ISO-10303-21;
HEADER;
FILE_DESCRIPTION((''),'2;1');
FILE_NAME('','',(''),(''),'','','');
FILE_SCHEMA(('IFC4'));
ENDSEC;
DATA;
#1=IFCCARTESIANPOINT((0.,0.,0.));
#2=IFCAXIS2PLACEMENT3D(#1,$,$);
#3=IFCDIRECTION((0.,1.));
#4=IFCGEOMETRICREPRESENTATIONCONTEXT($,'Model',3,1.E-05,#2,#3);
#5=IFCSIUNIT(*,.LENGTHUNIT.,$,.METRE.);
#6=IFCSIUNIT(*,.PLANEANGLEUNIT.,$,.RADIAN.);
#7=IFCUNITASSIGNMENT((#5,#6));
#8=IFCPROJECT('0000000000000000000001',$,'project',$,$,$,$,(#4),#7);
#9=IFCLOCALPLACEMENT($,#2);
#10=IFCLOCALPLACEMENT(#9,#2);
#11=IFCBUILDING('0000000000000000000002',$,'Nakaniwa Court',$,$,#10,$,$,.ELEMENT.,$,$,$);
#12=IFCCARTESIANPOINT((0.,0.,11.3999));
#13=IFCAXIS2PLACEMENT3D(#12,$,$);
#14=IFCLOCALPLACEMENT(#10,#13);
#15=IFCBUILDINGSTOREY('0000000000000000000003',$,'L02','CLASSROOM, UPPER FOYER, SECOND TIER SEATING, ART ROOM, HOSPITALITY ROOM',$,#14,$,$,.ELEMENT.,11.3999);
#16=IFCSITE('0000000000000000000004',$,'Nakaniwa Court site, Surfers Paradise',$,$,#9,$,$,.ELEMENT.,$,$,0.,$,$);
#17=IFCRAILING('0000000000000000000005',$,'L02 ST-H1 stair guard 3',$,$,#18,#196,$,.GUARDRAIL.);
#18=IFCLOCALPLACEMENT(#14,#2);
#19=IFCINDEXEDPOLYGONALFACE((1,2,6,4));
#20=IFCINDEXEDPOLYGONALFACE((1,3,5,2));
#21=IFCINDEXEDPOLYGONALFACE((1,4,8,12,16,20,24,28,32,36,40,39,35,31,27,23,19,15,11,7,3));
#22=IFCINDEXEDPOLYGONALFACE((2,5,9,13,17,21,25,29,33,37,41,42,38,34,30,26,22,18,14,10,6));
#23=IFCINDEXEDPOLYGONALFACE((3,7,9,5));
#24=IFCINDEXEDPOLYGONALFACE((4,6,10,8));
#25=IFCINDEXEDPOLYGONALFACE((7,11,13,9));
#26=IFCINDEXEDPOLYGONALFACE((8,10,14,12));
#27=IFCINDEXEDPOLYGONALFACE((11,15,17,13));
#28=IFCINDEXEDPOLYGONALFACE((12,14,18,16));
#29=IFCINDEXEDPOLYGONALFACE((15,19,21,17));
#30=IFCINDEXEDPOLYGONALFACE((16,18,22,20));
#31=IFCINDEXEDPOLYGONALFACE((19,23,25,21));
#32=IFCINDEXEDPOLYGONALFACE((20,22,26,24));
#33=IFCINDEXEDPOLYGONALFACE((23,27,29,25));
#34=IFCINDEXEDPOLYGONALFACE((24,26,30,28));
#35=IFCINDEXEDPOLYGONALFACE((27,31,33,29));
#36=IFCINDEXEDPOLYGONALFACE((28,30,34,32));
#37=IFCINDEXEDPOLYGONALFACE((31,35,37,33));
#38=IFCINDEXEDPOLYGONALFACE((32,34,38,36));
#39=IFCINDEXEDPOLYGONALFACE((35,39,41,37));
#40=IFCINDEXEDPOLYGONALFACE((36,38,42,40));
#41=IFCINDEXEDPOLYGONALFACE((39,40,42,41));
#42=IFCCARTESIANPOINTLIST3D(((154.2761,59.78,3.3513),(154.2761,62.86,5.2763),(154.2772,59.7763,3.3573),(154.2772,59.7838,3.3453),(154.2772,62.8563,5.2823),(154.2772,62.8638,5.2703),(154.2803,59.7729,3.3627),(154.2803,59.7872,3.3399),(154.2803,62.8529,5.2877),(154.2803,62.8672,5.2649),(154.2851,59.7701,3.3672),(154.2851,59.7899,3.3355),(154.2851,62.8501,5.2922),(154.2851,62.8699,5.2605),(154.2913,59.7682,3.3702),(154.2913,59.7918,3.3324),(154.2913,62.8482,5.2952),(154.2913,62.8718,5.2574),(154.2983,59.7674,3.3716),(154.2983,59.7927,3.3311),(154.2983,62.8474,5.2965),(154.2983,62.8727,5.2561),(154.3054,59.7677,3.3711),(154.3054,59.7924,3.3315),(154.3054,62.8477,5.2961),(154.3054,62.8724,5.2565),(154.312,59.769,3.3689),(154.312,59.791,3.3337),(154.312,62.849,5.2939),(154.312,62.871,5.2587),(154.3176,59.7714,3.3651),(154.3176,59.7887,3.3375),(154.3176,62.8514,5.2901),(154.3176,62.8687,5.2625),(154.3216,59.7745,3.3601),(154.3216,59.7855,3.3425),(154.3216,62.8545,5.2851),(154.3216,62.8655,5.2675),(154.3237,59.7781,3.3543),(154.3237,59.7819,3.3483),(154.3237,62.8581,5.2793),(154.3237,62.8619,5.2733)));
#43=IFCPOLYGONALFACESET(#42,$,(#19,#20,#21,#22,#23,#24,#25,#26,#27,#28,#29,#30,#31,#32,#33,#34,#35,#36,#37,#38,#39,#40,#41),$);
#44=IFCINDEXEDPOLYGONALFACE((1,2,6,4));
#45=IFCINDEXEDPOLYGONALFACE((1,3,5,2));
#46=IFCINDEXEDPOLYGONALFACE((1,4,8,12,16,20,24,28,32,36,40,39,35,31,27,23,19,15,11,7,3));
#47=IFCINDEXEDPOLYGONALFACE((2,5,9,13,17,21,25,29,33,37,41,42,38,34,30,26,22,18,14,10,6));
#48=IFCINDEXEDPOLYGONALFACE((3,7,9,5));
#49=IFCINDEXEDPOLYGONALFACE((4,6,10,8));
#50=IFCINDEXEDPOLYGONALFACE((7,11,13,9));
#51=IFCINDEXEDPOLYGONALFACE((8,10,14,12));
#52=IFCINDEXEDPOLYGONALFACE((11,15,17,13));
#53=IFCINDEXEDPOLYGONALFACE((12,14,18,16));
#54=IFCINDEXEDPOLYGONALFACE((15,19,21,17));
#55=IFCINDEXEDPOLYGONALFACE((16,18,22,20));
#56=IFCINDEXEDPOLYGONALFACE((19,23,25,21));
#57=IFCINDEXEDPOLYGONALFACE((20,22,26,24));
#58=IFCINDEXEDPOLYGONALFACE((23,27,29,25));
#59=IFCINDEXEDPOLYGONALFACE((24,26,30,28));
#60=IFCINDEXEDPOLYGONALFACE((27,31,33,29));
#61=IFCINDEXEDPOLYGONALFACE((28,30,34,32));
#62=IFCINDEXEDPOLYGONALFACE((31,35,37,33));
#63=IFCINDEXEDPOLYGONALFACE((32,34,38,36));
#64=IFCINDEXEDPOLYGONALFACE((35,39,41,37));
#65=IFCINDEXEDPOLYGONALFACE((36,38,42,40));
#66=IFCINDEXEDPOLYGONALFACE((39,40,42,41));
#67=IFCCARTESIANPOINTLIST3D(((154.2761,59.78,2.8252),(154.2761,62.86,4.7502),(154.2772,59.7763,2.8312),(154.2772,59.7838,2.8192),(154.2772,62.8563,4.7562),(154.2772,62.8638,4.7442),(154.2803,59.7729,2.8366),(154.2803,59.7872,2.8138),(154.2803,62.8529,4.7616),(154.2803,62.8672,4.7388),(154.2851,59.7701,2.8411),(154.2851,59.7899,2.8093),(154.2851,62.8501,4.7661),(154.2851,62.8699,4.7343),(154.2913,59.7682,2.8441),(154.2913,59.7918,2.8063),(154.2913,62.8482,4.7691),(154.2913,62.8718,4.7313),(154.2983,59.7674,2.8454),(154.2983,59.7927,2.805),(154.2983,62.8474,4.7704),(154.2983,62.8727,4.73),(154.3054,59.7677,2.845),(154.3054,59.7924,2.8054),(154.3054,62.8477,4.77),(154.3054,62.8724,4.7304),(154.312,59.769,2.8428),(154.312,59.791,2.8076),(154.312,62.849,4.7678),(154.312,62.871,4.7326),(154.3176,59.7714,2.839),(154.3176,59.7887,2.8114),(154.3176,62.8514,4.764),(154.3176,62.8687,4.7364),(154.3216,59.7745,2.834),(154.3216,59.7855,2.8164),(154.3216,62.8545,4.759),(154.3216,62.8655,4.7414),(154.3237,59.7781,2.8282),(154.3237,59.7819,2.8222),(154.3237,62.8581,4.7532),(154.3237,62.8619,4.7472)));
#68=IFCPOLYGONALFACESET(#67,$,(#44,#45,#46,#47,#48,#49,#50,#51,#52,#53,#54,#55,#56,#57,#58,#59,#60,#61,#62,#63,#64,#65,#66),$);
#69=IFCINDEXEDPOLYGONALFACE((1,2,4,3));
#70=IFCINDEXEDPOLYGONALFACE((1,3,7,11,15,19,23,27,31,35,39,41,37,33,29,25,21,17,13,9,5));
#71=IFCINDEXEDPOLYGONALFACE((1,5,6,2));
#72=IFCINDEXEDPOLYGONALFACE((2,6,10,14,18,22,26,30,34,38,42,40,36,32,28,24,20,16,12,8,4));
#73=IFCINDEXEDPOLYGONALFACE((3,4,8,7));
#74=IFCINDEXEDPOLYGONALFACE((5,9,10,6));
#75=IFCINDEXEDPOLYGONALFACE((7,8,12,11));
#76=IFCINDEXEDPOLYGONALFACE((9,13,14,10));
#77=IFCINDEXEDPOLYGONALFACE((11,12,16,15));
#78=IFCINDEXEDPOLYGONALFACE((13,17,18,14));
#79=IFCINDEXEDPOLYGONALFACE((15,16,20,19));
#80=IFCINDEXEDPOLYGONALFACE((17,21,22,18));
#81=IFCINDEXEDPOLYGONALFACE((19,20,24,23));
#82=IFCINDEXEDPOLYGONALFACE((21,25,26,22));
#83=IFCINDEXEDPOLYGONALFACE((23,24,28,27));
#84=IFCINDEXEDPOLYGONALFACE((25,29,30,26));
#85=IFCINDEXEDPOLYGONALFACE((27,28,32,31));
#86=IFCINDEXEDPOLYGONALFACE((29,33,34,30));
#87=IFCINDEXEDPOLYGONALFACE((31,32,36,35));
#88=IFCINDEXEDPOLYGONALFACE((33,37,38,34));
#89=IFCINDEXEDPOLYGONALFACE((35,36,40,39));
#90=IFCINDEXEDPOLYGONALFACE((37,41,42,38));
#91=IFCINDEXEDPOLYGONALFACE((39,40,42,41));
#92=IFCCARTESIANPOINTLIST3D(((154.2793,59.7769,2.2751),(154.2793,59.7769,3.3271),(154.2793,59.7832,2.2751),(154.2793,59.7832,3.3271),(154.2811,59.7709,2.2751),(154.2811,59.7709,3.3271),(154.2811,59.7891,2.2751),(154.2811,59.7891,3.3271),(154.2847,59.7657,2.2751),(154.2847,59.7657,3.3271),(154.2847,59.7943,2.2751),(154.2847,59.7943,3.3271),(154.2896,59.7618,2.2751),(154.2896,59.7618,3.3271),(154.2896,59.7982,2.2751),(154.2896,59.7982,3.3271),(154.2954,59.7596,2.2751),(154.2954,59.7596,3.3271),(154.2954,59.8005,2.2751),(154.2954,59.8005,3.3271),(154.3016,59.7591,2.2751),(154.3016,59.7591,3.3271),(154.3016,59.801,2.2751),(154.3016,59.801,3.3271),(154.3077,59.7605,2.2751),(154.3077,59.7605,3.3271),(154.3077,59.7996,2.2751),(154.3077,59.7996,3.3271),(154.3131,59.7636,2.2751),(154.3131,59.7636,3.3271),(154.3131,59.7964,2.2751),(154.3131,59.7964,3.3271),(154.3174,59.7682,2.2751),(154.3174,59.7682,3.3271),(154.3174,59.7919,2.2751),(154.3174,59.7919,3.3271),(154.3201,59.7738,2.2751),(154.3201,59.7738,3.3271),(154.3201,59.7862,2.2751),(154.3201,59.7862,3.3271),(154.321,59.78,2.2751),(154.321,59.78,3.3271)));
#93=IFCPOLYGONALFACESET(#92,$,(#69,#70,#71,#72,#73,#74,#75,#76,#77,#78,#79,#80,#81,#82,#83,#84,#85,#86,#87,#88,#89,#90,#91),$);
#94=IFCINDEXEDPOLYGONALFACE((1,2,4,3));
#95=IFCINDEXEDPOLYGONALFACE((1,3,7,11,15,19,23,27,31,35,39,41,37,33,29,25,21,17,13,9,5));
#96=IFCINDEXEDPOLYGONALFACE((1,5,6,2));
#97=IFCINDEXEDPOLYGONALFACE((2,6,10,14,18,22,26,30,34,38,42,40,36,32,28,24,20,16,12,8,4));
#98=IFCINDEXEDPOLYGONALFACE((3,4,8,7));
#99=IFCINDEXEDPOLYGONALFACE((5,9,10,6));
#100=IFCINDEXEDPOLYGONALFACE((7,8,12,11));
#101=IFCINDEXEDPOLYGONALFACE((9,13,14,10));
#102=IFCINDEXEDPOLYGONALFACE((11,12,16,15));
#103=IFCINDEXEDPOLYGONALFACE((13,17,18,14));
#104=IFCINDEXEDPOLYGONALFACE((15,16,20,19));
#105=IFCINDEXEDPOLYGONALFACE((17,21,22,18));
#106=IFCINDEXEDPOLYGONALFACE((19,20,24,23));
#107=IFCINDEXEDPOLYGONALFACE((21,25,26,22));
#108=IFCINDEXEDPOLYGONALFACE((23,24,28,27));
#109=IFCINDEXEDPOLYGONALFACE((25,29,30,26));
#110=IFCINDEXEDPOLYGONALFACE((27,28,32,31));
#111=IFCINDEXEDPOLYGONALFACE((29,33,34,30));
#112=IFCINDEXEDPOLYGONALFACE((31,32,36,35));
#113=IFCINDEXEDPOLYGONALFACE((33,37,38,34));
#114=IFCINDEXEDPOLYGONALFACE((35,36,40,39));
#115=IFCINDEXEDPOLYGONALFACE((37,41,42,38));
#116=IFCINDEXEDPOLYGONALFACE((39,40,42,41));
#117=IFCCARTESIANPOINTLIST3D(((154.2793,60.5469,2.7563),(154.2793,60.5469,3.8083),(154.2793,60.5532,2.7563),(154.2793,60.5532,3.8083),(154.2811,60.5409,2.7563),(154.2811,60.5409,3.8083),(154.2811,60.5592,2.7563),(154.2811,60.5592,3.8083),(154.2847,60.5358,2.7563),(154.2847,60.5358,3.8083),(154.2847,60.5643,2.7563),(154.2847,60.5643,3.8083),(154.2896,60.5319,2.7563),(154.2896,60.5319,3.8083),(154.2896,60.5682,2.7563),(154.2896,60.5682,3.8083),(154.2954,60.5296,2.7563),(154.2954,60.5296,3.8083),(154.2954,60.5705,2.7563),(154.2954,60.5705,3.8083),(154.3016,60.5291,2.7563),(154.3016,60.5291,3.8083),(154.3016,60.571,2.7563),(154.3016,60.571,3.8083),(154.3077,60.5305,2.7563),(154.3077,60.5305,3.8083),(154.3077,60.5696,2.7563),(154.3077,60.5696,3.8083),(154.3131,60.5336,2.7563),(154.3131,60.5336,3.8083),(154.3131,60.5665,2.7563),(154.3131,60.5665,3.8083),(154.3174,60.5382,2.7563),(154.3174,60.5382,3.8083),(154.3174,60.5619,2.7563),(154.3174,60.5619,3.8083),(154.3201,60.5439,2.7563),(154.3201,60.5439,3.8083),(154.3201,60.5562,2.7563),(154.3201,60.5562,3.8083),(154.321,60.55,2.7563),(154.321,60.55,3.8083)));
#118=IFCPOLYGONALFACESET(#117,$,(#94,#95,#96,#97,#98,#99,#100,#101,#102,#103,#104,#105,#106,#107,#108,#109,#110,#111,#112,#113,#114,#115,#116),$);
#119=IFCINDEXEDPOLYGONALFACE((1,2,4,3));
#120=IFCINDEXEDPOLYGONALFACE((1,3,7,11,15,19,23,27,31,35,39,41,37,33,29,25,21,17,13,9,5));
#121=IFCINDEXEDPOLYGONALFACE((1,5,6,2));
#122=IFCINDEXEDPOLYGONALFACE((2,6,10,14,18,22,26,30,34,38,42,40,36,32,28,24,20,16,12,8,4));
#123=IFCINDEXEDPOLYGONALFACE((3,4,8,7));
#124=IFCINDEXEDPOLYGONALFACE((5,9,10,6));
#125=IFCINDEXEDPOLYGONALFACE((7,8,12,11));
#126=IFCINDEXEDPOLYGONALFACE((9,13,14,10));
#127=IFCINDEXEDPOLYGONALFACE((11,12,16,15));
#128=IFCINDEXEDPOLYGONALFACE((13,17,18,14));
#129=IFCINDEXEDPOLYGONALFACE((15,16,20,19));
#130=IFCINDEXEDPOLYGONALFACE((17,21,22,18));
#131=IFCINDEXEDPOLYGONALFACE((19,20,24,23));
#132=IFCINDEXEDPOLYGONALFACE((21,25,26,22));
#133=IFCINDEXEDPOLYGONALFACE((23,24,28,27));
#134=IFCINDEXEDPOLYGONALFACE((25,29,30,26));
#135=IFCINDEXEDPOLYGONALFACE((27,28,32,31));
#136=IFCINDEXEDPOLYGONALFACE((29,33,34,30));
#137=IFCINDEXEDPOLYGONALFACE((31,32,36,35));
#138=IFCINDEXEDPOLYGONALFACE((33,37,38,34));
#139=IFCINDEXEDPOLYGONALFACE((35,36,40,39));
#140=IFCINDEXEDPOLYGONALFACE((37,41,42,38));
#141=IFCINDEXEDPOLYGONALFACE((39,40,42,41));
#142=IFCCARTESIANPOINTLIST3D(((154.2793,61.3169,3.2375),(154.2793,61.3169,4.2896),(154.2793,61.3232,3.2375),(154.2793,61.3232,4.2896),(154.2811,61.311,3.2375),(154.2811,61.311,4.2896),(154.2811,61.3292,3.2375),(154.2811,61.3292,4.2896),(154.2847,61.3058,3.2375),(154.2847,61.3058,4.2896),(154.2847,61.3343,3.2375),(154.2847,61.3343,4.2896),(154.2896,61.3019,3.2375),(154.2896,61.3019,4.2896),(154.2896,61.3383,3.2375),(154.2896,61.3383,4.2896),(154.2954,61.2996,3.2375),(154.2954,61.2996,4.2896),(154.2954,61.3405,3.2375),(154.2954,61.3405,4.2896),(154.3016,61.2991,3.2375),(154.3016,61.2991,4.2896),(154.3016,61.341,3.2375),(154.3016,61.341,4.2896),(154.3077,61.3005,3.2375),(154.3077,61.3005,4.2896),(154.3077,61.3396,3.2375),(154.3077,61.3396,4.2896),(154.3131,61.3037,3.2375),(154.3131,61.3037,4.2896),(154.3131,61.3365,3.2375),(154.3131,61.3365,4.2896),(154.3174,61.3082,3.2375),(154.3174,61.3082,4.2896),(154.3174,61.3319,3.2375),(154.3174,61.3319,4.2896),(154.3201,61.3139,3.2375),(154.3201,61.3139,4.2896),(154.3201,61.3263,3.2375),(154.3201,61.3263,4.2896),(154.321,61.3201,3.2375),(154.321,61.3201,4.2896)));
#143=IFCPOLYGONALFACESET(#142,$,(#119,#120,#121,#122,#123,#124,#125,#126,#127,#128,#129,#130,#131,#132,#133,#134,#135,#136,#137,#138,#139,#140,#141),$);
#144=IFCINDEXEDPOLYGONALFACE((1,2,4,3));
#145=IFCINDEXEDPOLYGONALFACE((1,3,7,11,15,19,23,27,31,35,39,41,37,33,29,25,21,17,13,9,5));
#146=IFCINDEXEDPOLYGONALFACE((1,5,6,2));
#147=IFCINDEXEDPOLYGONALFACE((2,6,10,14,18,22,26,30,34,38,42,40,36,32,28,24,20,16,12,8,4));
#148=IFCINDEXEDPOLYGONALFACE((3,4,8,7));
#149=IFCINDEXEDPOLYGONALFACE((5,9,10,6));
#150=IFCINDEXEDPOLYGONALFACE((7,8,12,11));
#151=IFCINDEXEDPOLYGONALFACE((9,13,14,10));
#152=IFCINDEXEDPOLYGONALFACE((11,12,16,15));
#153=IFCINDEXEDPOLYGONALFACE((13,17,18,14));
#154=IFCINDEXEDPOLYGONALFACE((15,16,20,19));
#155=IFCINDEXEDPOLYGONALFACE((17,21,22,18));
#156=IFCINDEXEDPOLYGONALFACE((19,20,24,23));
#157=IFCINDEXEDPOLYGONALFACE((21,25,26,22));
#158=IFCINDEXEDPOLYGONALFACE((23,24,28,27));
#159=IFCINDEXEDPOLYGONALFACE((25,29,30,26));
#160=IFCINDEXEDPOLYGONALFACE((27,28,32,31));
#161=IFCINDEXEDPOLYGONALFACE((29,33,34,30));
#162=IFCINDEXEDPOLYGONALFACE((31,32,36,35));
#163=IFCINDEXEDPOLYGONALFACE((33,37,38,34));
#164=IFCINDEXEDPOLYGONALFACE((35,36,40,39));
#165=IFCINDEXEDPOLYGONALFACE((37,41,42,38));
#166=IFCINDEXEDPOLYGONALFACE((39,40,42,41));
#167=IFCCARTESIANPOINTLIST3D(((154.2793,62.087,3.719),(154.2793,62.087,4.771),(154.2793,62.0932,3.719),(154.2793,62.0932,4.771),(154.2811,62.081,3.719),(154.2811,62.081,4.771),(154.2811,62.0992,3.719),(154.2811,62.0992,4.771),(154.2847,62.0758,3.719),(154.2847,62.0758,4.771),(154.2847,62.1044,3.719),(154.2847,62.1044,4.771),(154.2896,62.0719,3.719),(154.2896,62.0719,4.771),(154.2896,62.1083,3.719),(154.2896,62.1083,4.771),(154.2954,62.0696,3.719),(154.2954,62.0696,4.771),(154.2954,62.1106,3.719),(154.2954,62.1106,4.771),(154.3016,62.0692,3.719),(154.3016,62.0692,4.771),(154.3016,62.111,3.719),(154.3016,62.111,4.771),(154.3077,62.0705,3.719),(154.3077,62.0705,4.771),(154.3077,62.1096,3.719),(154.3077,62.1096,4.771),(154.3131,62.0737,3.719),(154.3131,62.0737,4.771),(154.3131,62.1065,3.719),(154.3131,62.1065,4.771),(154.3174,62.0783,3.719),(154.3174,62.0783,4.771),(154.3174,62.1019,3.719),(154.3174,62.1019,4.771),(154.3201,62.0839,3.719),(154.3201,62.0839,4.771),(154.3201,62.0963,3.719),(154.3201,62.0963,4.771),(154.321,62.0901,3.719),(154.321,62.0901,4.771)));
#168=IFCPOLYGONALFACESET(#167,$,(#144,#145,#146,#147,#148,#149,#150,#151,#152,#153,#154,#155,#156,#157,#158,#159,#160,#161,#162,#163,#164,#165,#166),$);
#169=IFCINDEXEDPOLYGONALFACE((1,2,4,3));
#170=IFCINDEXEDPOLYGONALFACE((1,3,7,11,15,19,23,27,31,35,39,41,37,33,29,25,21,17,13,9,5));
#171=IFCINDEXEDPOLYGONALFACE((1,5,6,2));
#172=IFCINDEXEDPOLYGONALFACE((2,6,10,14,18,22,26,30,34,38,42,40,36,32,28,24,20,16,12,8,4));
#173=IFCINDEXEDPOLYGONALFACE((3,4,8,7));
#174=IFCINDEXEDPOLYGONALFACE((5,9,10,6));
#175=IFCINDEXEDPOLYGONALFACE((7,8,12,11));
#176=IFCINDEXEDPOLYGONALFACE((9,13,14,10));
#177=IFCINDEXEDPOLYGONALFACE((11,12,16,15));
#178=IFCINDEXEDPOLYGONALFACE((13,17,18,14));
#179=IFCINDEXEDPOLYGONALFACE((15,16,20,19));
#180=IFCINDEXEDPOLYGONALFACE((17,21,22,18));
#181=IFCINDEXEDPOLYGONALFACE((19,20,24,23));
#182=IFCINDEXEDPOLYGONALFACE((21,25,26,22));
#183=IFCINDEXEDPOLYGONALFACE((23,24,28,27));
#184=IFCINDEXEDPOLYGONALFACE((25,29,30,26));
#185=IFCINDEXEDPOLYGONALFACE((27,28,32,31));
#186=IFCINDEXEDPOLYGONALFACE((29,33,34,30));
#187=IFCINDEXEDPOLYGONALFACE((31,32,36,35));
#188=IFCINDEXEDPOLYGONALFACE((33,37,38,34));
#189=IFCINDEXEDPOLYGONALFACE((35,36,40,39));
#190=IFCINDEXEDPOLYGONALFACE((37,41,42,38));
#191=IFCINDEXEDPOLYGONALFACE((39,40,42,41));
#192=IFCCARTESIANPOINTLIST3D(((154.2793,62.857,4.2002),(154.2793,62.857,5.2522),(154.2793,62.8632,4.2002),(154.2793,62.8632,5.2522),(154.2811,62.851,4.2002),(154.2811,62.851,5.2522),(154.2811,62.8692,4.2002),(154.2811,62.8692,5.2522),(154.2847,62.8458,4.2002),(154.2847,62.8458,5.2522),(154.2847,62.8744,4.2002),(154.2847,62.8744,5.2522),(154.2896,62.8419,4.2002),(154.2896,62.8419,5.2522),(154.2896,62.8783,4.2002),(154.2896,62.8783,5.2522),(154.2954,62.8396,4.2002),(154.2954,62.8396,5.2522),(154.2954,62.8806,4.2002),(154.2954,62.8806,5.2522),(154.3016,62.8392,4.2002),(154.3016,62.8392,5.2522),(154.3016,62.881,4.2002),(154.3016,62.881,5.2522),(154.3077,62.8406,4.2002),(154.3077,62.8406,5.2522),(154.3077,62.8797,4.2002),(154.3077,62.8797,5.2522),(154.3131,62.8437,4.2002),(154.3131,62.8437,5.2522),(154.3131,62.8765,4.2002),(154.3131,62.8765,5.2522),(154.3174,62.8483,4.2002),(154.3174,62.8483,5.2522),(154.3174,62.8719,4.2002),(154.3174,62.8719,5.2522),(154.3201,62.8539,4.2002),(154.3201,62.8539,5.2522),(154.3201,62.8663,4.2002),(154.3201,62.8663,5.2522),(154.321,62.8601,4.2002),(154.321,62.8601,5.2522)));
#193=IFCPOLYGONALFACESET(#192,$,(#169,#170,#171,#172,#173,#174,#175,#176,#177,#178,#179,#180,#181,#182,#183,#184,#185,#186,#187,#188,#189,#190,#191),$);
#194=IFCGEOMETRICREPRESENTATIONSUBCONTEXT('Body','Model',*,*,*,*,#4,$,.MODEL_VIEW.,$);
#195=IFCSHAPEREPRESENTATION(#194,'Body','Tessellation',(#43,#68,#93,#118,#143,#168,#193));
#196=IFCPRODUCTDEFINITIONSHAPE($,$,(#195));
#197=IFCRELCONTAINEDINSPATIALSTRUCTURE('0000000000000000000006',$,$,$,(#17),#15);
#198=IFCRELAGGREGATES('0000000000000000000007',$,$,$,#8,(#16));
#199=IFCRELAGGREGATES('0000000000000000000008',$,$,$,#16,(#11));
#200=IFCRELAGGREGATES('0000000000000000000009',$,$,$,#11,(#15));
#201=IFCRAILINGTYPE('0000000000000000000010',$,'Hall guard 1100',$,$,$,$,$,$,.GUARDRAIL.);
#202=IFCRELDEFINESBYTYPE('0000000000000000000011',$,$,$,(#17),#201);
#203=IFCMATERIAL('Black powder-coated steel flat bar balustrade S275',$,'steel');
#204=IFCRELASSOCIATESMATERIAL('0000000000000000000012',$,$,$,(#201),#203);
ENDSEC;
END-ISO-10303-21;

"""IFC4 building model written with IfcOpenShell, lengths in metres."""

from ifc_helpers import new_model, si_unit, direction, frame, origin, origin_2d, place, context, subcontext, project, spatial, circle, extrude, material, type_object, element, save


model = new_model("IFC4")

# Units and contexts
model_context = context("Model", 3, precision=1e-05, world=origin(), true_north=direction((0.0, 1.0)))
body_context = subcontext(model_context, "Body", "Model", "MODEL_VIEW")
ifc_project = project(units=[si_unit("LENGTHUNIT", "METRE"), si_unit("PLANEANGLEUNIT", "RADIAN")], contexts=[model_context])

# Site, building, storey
site_placement = place(None, origin())
site = spatial("IfcSite", under=ifc_project, at=site_placement, Name="Nakaniwa Court site, Surfers Paradise", CompositionType="ELEMENT", RefElevation=0.0)
building_placement = place(site_placement, origin())
building = spatial("IfcBuilding", under=site, at=building_placement, Name="Nakaniwa Court", CompositionType="ELEMENT")
storey_placement = place(building_placement, frame((0.0, 0.0, 11.3999)))
storey = spatial("IfcBuildingStorey", under=building, at=storey_placement, Name="L02", Description="CLASSROOM, UPPER FOYER, SECOND TIER SEATING, ART ROOM, HOSPITALITY ROOM", CompositionType="ELEMENT", Elevation=11.3999)

# Railing
ifc_material_1 = material(Name="Black powder-coated steel flat bar balustrade S275", Category="steel")
railing_type_1 = type_object("IfcRailingType", Name="Hall guard 1100", PredefinedType="GUARDRAIL", material=ifc_material_1)
railing_1_placement = place(storey_placement, frame((154.3, 59.78, 2.2751)))
element("IfcRailing", 1, at=railing_1_placement, inside=storey, type_object=railing_type_1, Name="L02 ST-H1 stair guard 3", PredefinedType="GUARDRAIL", context=body_context, shape_type="SweptSolid", body=[
    extrude(circle(Radius=0.0239, at=origin_2d()), frame((0.0, 0.0, 1.0762), z_axis=(0.0, 0.847998, 0.529999), x_axis=(-1.0, 0.0, 0.0)), (0.0, 0.0, 1.0), 3.6321),
    extrude(circle(Radius=0.0239, at=origin_2d()), frame((0.0, 0.0, 0.55), z_axis=(0.0, 0.847998, 0.529999), x_axis=(-1.0, 0.0, 0.0)), (0.0, 0.0, 1.0), 3.6321),
    extrude(circle(Radius=0.021, at=origin_2d()), origin(), (0.0, 0.0, 1.0), 1.052),
    extrude(circle(Radius=0.021, at=origin_2d()), frame((0.0, 0.77, 0.4812)), (0.0, 0.0, 1.0), 1.052),
    extrude(circle(Radius=0.021, at=origin_2d()), frame((0.0, 1.54, 0.9624)), (0.0, 0.0, 1.0), 1.052),
    extrude(circle(Radius=0.021, at=origin_2d()), frame((0.0, 2.3101, 1.4438)), (0.0, 0.0, 1.0), 1.052),
    extrude(circle(Radius=0.021, at=origin_2d()), frame((0.0, 3.0801, 1.925)), (0.0, 0.0, 1.0), 1.052),
])

save(model, "model.ifc")
